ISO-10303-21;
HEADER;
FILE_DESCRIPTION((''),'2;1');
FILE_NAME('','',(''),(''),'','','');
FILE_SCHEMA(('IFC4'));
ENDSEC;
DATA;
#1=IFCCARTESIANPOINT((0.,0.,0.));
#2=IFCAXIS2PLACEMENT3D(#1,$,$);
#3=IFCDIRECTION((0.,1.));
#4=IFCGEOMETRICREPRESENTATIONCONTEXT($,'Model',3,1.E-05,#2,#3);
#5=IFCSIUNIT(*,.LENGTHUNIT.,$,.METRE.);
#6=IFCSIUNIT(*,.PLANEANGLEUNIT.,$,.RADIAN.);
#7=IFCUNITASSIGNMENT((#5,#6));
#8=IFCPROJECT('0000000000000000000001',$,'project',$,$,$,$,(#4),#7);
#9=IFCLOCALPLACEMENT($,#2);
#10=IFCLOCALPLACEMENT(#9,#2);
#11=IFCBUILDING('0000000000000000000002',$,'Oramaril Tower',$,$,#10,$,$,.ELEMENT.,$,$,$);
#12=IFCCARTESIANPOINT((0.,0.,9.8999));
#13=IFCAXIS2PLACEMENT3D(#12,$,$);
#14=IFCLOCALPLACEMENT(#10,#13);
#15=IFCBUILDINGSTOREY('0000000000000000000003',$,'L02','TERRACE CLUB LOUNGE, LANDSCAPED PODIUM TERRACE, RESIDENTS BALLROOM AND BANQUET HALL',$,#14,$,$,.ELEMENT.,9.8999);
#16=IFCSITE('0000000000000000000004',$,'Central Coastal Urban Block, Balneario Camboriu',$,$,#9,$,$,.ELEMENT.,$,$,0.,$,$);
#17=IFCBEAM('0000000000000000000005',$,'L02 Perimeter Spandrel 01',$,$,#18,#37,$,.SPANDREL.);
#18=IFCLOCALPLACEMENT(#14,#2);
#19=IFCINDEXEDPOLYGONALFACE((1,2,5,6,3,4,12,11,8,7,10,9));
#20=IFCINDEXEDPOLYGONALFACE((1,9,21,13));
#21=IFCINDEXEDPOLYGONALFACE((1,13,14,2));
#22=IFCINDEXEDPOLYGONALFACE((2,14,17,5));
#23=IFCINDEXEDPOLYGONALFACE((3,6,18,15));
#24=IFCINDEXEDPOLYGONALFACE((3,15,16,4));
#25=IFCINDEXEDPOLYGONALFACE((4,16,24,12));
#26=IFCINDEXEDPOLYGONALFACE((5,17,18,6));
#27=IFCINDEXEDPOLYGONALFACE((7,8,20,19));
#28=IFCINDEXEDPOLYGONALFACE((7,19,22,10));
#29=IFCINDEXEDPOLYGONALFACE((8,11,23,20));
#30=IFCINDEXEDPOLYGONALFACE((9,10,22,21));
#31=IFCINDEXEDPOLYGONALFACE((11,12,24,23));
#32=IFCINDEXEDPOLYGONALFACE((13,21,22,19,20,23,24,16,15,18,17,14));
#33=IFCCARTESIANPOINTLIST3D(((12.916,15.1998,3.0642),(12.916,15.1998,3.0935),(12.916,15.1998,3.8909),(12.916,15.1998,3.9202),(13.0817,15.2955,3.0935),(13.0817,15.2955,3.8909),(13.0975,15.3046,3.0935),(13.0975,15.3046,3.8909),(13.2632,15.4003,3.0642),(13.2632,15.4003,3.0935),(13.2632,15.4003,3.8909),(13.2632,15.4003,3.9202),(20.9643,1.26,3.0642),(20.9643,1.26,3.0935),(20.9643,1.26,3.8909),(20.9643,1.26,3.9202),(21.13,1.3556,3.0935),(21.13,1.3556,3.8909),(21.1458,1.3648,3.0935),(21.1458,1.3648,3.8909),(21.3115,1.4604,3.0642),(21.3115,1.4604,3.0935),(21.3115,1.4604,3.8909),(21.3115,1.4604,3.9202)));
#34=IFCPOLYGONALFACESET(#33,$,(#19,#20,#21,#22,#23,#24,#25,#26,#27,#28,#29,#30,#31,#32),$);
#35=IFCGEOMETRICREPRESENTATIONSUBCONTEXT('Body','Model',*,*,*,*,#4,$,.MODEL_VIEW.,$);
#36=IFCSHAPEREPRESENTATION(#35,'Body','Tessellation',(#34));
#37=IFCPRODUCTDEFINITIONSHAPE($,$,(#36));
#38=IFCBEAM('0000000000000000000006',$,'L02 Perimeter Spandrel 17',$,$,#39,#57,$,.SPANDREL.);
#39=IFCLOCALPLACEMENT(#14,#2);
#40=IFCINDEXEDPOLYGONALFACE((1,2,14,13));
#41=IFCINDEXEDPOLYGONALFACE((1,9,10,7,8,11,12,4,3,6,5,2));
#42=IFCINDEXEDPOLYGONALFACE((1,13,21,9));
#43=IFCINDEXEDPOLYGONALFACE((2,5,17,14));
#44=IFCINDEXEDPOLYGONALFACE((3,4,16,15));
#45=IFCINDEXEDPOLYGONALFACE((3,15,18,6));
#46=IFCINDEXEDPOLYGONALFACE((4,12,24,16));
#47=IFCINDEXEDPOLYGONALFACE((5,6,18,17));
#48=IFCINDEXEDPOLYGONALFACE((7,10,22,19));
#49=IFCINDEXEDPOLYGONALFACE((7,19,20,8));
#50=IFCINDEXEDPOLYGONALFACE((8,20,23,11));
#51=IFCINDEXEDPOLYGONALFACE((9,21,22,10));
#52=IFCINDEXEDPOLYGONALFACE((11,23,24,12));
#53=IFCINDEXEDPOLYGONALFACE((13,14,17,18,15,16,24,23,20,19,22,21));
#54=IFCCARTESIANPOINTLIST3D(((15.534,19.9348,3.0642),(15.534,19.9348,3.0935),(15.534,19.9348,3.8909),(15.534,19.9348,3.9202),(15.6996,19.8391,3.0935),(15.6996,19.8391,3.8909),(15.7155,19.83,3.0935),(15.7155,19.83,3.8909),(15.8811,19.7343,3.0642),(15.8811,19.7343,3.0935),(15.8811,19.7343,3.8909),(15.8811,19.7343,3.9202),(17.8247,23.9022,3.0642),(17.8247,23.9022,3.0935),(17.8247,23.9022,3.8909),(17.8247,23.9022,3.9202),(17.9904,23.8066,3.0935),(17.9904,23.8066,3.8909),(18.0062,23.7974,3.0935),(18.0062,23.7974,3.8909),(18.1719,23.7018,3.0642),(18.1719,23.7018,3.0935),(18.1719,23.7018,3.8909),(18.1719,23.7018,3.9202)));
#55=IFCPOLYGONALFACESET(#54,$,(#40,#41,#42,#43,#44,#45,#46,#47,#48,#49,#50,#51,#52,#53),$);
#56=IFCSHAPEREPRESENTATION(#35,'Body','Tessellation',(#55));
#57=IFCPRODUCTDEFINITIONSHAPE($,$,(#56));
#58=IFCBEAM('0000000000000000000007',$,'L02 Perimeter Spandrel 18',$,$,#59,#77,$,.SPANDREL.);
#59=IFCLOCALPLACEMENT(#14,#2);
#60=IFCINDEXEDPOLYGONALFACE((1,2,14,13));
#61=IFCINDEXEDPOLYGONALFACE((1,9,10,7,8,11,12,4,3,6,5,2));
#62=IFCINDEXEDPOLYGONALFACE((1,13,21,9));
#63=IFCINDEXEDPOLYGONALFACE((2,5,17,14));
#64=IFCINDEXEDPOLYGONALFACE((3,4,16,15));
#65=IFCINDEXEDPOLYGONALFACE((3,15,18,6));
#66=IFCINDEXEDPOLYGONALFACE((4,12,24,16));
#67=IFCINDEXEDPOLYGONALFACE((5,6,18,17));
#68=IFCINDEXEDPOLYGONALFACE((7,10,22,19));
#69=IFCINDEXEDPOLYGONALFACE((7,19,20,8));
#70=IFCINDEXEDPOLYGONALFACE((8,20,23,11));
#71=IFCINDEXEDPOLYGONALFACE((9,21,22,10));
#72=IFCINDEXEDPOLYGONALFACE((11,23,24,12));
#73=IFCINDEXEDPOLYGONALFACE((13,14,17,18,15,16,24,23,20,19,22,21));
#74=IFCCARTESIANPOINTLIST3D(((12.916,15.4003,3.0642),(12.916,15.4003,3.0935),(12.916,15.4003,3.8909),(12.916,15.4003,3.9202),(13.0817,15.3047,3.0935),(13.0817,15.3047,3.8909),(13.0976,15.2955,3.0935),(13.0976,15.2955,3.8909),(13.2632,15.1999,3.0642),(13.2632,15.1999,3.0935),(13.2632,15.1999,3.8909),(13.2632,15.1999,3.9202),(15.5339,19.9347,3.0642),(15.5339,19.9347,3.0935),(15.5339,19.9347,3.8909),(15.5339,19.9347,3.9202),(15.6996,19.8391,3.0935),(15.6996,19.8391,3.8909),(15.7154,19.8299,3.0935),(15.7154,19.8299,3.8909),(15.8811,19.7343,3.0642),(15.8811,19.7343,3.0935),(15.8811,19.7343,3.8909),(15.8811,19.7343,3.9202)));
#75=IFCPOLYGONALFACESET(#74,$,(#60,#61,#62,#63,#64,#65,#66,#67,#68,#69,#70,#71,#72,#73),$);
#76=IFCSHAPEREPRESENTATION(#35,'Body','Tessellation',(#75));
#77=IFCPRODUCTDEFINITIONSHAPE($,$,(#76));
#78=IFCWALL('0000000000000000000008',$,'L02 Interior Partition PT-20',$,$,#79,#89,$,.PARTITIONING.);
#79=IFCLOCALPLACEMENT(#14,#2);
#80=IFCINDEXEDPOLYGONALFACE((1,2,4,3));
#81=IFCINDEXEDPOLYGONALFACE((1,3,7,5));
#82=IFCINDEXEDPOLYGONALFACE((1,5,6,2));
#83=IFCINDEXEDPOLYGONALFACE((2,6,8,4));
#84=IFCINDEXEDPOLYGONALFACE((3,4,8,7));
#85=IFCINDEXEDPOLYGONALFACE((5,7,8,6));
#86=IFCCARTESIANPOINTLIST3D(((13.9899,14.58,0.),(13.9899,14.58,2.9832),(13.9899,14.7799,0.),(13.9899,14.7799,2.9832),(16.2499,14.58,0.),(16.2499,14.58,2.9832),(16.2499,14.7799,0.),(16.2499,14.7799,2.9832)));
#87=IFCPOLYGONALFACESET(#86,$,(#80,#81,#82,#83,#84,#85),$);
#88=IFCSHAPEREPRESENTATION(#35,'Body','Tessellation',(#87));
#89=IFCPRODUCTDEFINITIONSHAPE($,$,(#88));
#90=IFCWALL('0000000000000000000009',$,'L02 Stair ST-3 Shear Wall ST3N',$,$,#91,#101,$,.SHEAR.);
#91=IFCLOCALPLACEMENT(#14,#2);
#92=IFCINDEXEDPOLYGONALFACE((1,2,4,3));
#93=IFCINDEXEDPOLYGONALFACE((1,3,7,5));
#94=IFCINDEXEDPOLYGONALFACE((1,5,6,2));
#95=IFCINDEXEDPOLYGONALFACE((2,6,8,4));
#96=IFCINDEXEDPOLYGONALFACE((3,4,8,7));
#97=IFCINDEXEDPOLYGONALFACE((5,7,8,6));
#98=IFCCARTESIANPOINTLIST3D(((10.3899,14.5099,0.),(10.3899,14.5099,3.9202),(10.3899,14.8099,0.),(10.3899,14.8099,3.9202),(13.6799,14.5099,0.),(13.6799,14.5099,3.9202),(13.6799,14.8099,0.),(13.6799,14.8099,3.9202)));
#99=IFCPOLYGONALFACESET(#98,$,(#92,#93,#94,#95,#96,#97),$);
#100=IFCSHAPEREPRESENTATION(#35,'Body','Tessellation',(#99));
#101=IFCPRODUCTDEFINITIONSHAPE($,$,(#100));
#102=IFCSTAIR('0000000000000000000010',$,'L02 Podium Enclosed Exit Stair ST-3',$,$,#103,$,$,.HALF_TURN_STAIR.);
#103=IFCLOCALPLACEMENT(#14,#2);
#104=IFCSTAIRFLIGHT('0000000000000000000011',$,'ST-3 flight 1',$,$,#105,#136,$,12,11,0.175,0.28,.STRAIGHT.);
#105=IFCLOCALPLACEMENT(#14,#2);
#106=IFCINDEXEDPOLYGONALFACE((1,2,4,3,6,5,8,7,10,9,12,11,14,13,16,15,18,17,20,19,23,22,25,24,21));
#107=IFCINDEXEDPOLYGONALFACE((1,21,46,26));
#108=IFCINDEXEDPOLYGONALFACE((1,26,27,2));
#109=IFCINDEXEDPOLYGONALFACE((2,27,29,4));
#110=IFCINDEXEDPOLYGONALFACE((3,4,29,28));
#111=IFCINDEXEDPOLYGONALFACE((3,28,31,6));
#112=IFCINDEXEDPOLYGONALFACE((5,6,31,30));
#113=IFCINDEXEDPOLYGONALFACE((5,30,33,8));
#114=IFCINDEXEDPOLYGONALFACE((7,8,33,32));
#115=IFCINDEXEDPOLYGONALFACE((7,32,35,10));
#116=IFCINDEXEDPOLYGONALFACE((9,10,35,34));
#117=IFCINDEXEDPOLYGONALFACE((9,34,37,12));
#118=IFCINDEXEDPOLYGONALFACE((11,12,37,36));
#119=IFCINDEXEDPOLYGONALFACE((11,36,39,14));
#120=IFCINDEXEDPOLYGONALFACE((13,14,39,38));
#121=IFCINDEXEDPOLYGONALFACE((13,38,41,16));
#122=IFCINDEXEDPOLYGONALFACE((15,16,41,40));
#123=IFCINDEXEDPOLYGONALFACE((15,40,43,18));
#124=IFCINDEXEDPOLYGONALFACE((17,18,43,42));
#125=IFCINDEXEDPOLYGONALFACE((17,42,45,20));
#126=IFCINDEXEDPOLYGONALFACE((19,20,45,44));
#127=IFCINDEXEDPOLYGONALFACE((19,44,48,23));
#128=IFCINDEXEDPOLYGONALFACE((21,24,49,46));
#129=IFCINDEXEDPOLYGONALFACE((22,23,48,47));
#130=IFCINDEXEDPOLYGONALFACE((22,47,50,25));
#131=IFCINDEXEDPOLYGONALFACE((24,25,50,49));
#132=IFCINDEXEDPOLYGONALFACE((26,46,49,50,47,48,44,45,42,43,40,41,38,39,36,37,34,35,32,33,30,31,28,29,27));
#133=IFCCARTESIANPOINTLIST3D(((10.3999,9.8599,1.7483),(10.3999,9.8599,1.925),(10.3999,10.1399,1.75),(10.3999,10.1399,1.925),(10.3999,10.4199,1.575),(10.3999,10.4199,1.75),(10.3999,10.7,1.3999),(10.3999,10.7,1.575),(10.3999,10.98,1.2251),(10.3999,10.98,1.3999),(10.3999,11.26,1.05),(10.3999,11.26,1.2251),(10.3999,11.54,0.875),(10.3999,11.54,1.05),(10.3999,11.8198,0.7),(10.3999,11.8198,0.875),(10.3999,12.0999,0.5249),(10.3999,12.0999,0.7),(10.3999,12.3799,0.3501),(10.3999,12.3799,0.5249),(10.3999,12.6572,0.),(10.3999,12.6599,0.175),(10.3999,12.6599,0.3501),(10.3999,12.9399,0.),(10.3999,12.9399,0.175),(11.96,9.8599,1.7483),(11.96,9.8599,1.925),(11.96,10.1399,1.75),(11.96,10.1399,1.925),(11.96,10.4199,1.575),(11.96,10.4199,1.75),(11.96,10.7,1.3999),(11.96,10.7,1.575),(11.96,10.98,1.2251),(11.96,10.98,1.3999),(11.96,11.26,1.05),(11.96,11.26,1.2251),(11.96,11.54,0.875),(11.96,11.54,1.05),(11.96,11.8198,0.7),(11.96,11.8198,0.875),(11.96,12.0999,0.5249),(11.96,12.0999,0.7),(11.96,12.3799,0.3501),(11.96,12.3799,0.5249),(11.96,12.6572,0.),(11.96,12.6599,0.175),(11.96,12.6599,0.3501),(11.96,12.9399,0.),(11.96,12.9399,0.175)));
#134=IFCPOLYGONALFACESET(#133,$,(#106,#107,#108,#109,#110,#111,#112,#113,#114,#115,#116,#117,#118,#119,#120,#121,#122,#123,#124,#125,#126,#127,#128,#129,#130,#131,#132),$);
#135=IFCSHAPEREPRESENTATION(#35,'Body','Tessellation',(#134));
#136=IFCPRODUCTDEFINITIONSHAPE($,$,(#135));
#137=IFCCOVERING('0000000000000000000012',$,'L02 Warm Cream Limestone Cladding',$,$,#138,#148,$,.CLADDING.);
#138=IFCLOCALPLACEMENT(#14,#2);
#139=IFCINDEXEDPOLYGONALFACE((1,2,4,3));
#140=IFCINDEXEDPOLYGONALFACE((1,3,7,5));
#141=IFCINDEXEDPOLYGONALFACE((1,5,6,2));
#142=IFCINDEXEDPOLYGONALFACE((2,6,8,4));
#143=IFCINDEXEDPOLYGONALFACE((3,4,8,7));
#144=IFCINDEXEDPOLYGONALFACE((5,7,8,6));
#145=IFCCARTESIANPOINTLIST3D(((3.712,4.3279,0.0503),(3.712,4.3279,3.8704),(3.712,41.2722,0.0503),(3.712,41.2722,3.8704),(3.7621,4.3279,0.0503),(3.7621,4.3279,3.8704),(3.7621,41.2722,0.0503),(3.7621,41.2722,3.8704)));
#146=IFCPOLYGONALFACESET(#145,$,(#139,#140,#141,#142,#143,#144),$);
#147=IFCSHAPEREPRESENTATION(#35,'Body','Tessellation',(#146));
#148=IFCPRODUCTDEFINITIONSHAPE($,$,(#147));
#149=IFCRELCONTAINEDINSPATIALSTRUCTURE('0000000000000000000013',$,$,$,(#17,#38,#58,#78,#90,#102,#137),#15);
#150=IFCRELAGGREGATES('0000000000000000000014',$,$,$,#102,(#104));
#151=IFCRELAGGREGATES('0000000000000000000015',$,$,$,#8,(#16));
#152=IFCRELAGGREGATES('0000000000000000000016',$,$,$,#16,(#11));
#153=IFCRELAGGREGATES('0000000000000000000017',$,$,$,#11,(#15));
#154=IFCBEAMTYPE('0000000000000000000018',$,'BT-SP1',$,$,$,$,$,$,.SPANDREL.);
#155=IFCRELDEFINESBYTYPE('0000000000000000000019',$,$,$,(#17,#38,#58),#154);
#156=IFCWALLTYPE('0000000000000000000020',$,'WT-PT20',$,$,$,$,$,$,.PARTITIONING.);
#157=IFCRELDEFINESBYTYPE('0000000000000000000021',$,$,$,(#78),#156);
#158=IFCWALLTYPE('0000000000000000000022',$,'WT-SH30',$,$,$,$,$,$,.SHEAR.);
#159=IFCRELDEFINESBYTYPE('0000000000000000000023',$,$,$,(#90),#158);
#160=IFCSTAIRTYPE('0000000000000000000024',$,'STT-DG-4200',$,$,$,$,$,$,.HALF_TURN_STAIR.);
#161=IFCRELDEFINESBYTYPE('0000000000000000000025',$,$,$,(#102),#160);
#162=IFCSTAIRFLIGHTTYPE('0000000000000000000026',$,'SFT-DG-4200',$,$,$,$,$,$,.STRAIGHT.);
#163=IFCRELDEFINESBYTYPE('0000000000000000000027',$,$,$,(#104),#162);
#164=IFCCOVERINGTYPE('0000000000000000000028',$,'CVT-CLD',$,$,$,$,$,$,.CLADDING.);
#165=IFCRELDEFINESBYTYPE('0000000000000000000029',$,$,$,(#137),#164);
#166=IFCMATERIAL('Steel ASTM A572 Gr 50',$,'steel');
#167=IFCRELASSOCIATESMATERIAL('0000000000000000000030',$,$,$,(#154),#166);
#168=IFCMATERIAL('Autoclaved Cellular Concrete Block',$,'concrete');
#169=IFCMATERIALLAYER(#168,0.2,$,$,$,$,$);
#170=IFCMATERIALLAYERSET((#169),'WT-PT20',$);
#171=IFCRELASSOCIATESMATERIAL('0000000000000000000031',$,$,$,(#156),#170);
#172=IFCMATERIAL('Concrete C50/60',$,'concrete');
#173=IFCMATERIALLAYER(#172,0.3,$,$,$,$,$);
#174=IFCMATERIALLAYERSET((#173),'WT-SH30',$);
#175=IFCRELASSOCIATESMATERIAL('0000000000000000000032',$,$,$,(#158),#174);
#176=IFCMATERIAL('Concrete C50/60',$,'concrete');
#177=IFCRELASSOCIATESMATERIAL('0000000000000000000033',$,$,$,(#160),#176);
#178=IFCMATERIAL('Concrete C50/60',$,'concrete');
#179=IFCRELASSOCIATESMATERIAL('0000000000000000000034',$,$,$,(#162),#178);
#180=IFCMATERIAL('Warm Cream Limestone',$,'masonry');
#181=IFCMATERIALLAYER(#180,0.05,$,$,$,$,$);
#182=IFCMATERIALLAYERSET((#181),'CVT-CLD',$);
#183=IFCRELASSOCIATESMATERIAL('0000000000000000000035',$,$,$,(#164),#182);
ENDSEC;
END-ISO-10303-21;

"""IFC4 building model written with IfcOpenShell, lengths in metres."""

from ifc_helpers import new_model, si_unit, direction, frame, frame_2d, origin, origin_2d, place, context, subcontext, project, spatial, polyline, rectangle, i_section, outline, extrude, material, layer, layer_set, material_profile, profile_set, type_object, element, aggregate, save


model = new_model("IFC4")

# Units and contexts
model_context = context("Model", 3, precision=1e-05, world=origin(), true_north=direction((0.0, 1.0)))
body_context = subcontext(model_context, "Body", "Model", "MODEL_VIEW")
ifc_project = project(units=[si_unit("LENGTHUNIT", "METRE"), si_unit("PLANEANGLEUNIT", "RADIAN")], contexts=[model_context])

# Site, building, storey
site_placement = place(None, origin())
site = spatial("IfcSite", under=ifc_project, at=site_placement, Name="Central Coastal Urban Block, Balneario Camboriu", CompositionType="ELEMENT", RefElevation=0.0)
building_placement = place(site_placement, origin())
building = spatial("IfcBuilding", under=site, at=building_placement, Name="Oramaril Tower", CompositionType="ELEMENT")
storey_placement = place(building_placement, frame((0.0, 0.0, 9.8999)))
storey = spatial("IfcBuildingStorey", under=building, at=storey_placement, Name="L02", Description="TERRACE CLUB LOUNGE, LANDSCAPED PODIUM TERRACE, RESIDENTS BALLROOM AND BANQUET HALL", CompositionType="ELEMENT", Elevation=9.8999)

# Beams
ifc_material_1 = material(Name="Steel ASTM A572 Gr 50", Category="steel")
ifc_material_profile_1 = material_profile(ifc_material_1, i_section(OverallWidth=0.4009, OverallDepth=0.856, WebThickness=0.0183, FlangeThickness=0.0293, at=origin_2d()), Name="W33X201")
ifc_profile_set_1 = profile_set([ifc_material_profile_1], Name="Steel ASTM A572 Gr 50")
beam_type_1 = type_object("IfcBeamType", Name="BT-SP1", PredefinedType="SPANDREL", material=ifc_profile_set_1)
beam_1_placement = place(storey_placement, frame((13.0896, 15.3, 3.4922), z_axis=(0.500005, -0.866022, 0.0), x_axis=(0.866022, 0.500005, 0.0)))
element("IfcBeam", 1, at=beam_1_placement, inside=storey, type_object=beam_type_1, Name="L02 Perimeter Spandrel 01", PredefinedType="SPANDREL", context=body_context, shape_type="SweptSolid", body=[
    extrude(i_section(OverallWidth=0.4009, OverallDepth=0.856, WebThickness=0.0183, FlangeThickness=0.0293, at=origin_2d()), origin(), (0.0, 0.0, 1.0), 16.0964),
])
beam_2_placement = place(storey_placement, frame((17.9983, 23.802, 3.4922), z_axis=(-0.500019, -0.866014, 0.0), x_axis=(0.866014, -0.500019, 0.0)))
element("IfcBeam", 2, at=beam_2_placement, inside=storey, type_object=beam_type_1, Name="L02 Perimeter Spandrel 17", PredefinedType="SPANDREL", context=body_context, shape_type="SweptSolid", body=[
    extrude(i_section(OverallWidth=0.4009, OverallDepth=0.856, WebThickness=0.0183, FlangeThickness=0.0293, at=origin_2d()), origin(), (0.0, 0.0, 1.0), 4.5813),
])
beam_3_placement = place(storey_placement, frame((15.7075, 19.8345, 3.4922), z_axis=(-0.499996, -0.866028, 0.0), x_axis=(0.866028, -0.499996, 0.0)))
element("IfcBeam", 3, at=beam_3_placement, inside=storey, type_object=beam_type_1, Name="L02 Perimeter Spandrel 18", PredefinedType="SPANDREL", context=body_context, shape_type="SweptSolid", body=[
    extrude(i_section(OverallWidth=0.4009, OverallDepth=0.856, WebThickness=0.0183, FlangeThickness=0.0293, at=origin_2d()), origin(), (0.0, 0.0, 1.0), 5.2358),
])

# Walls
ifc_material_2 = material(Name="Autoclaved Cellular Concrete Block", Category="concrete")
ifc_layer_1 = layer(ifc_material_2, 0.2)
ifc_layer_set_1 = layer_set([ifc_layer_1], Name="WT-PT20")
wall_type_1 = type_object("IfcWallType", Name="WT-PT20", PredefinedType="PARTITIONING", material=ifc_layer_set_1)
wall_1_placement = place(storey_placement, frame((13.99, 14.6799, 0.0), z_axis=(0.0, 0.0, 1.0), x_axis=(1.0, 0.0, 0.0)))
element("IfcWall", 4, at=wall_1_placement, inside=storey, type_object=wall_type_1, Name="L02 Interior Partition PT-20", PredefinedType="PARTITIONING", context=body_context, shape_type="SweptSolid", body=[
    extrude(rectangle(XDim=2.26, YDim=0.2, at=frame_2d((1.1299, 0.0))), origin(), (0.0, 0.0, 1.0), 2.9832),
])
ifc_material_3 = material(Name="Concrete C50/60", Category="concrete")
ifc_layer_2 = layer(ifc_material_3, 0.3)
ifc_layer_set_2 = layer_set([ifc_layer_2], Name="WT-SH30")
wall_type_2 = type_object("IfcWallType", Name="WT-SH30", PredefinedType="SHEAR", material=ifc_layer_set_2)
wall_2_placement = place(storey_placement, frame((10.3899, 14.6599, 0.0), z_axis=(0.0, 0.0, 1.0), x_axis=(1.0, 0.0, 0.0)))
element("IfcWall", 5, at=wall_2_placement, inside=storey, type_object=wall_type_2, Name="L02 Stair ST-3 Shear Wall ST3N", PredefinedType="SHEAR", context=body_context, shape_type="SweptSolid", body=[
    extrude(rectangle(XDim=3.29, YDim=0.3, at=frame_2d((1.645, 0.0))), origin(), (0.0, 0.0, 1.0), 3.9202),
])

# Stair, stair flight
ifc_material_4 = material(Name="Concrete C50/60", Category="concrete")
stair_type = type_object("IfcStairType", Name="STT-DG-4200", PredefinedType="HALF_TURN_STAIR", material=ifc_material_4)
stair_placement = place(storey_placement, origin())
stair = element("IfcStair", 6, at=stair_placement, inside=storey, type_object=stair_type, Name="L02 Podium Enclosed Exit Stair ST-3", PredefinedType="HALF_TURN_STAIR")
ifc_material_5 = material(Name="Concrete C50/60", Category="concrete")
stair_flight_type = type_object("IfcStairFlightType", Name="SFT-DG-4200", PredefinedType="STRAIGHT", material=ifc_material_5)
stair_flight_placement = place(storey_placement, frame((11.1799, 12.9399, 0.0), z_axis=(0.0, 0.0, 1.0), x_axis=(0.0, -1.0, 0.0)))
stair_flight = element("IfcStairFlight", 7, at=stair_flight_placement, type_object=stair_flight_type, Name="ST-3 flight 1", NumberOfRisers=12, NumberOfTreads=11, PredefinedType="STRAIGHT", RiserHeight=0.175, TreadLength=0.28, context=body_context, shape_type="SweptSolid", body=[
    extrude(outline(polyline([(0.0, 0.0), (0.0, 0.175), (0.28, 0.175), (0.28, 0.3501), (0.5601, 0.3501), (0.5601, 0.5249), (0.8401, 0.5249), (0.8401, 0.7), (1.1201, 0.7), (1.1201, 0.875), (1.3999, 0.875), (1.3999, 1.05), (1.6799, 1.05), (1.6799, 1.2251), (1.96, 1.2251), (1.96, 1.3999), (2.24, 1.3999), (2.24, 1.575), (2.52, 1.575), (2.52, 1.75), (2.8, 1.75), (2.8, 1.925), (3.0801, 1.925), (3.0801, 2.1001), (3.0801, 1.7483), (0.2827, 0.0), (0.0, 0.0)])), frame((0.0, 0.78, 0.0), z_axis=(0.0, -1.0, 0.0), x_axis=(1.0, 0.0, 0.0)), (0.0, 0.0, 1.0), 1.5601),
])
aggregate(stair, [stair_flight])

# Covering
ifc_material_6 = material(Name="Warm Cream Limestone", Category="masonry")
ifc_layer_3 = layer(ifc_material_6, 0.05)
ifc_layer_set_3 = layer_set([ifc_layer_3], Name="CVT-CLD")
covering_type = type_object("IfcCoveringType", Name="CVT-CLD", PredefinedType="CLADDING", material=ifc_layer_set_3)
covering_placement = place(storey_placement, frame((3.7371, 22.8, 0.0503), z_axis=(0.0, 0.0, 1.0), x_axis=(0.0, -1.0, 0.0)))
element("IfcCovering", 8, at=covering_placement, inside=storey, type_object=covering_type, Name="L02 Warm Cream Limestone Cladding", PredefinedType="CLADDING", context=body_context, shape_type="SweptSolid", body=[
    extrude(rectangle(XDim=36.9443, YDim=0.05, at=origin_2d()), origin(), (0.0, 0.0, 1.0), 3.8201),
])

save(model, "model.ifc")
